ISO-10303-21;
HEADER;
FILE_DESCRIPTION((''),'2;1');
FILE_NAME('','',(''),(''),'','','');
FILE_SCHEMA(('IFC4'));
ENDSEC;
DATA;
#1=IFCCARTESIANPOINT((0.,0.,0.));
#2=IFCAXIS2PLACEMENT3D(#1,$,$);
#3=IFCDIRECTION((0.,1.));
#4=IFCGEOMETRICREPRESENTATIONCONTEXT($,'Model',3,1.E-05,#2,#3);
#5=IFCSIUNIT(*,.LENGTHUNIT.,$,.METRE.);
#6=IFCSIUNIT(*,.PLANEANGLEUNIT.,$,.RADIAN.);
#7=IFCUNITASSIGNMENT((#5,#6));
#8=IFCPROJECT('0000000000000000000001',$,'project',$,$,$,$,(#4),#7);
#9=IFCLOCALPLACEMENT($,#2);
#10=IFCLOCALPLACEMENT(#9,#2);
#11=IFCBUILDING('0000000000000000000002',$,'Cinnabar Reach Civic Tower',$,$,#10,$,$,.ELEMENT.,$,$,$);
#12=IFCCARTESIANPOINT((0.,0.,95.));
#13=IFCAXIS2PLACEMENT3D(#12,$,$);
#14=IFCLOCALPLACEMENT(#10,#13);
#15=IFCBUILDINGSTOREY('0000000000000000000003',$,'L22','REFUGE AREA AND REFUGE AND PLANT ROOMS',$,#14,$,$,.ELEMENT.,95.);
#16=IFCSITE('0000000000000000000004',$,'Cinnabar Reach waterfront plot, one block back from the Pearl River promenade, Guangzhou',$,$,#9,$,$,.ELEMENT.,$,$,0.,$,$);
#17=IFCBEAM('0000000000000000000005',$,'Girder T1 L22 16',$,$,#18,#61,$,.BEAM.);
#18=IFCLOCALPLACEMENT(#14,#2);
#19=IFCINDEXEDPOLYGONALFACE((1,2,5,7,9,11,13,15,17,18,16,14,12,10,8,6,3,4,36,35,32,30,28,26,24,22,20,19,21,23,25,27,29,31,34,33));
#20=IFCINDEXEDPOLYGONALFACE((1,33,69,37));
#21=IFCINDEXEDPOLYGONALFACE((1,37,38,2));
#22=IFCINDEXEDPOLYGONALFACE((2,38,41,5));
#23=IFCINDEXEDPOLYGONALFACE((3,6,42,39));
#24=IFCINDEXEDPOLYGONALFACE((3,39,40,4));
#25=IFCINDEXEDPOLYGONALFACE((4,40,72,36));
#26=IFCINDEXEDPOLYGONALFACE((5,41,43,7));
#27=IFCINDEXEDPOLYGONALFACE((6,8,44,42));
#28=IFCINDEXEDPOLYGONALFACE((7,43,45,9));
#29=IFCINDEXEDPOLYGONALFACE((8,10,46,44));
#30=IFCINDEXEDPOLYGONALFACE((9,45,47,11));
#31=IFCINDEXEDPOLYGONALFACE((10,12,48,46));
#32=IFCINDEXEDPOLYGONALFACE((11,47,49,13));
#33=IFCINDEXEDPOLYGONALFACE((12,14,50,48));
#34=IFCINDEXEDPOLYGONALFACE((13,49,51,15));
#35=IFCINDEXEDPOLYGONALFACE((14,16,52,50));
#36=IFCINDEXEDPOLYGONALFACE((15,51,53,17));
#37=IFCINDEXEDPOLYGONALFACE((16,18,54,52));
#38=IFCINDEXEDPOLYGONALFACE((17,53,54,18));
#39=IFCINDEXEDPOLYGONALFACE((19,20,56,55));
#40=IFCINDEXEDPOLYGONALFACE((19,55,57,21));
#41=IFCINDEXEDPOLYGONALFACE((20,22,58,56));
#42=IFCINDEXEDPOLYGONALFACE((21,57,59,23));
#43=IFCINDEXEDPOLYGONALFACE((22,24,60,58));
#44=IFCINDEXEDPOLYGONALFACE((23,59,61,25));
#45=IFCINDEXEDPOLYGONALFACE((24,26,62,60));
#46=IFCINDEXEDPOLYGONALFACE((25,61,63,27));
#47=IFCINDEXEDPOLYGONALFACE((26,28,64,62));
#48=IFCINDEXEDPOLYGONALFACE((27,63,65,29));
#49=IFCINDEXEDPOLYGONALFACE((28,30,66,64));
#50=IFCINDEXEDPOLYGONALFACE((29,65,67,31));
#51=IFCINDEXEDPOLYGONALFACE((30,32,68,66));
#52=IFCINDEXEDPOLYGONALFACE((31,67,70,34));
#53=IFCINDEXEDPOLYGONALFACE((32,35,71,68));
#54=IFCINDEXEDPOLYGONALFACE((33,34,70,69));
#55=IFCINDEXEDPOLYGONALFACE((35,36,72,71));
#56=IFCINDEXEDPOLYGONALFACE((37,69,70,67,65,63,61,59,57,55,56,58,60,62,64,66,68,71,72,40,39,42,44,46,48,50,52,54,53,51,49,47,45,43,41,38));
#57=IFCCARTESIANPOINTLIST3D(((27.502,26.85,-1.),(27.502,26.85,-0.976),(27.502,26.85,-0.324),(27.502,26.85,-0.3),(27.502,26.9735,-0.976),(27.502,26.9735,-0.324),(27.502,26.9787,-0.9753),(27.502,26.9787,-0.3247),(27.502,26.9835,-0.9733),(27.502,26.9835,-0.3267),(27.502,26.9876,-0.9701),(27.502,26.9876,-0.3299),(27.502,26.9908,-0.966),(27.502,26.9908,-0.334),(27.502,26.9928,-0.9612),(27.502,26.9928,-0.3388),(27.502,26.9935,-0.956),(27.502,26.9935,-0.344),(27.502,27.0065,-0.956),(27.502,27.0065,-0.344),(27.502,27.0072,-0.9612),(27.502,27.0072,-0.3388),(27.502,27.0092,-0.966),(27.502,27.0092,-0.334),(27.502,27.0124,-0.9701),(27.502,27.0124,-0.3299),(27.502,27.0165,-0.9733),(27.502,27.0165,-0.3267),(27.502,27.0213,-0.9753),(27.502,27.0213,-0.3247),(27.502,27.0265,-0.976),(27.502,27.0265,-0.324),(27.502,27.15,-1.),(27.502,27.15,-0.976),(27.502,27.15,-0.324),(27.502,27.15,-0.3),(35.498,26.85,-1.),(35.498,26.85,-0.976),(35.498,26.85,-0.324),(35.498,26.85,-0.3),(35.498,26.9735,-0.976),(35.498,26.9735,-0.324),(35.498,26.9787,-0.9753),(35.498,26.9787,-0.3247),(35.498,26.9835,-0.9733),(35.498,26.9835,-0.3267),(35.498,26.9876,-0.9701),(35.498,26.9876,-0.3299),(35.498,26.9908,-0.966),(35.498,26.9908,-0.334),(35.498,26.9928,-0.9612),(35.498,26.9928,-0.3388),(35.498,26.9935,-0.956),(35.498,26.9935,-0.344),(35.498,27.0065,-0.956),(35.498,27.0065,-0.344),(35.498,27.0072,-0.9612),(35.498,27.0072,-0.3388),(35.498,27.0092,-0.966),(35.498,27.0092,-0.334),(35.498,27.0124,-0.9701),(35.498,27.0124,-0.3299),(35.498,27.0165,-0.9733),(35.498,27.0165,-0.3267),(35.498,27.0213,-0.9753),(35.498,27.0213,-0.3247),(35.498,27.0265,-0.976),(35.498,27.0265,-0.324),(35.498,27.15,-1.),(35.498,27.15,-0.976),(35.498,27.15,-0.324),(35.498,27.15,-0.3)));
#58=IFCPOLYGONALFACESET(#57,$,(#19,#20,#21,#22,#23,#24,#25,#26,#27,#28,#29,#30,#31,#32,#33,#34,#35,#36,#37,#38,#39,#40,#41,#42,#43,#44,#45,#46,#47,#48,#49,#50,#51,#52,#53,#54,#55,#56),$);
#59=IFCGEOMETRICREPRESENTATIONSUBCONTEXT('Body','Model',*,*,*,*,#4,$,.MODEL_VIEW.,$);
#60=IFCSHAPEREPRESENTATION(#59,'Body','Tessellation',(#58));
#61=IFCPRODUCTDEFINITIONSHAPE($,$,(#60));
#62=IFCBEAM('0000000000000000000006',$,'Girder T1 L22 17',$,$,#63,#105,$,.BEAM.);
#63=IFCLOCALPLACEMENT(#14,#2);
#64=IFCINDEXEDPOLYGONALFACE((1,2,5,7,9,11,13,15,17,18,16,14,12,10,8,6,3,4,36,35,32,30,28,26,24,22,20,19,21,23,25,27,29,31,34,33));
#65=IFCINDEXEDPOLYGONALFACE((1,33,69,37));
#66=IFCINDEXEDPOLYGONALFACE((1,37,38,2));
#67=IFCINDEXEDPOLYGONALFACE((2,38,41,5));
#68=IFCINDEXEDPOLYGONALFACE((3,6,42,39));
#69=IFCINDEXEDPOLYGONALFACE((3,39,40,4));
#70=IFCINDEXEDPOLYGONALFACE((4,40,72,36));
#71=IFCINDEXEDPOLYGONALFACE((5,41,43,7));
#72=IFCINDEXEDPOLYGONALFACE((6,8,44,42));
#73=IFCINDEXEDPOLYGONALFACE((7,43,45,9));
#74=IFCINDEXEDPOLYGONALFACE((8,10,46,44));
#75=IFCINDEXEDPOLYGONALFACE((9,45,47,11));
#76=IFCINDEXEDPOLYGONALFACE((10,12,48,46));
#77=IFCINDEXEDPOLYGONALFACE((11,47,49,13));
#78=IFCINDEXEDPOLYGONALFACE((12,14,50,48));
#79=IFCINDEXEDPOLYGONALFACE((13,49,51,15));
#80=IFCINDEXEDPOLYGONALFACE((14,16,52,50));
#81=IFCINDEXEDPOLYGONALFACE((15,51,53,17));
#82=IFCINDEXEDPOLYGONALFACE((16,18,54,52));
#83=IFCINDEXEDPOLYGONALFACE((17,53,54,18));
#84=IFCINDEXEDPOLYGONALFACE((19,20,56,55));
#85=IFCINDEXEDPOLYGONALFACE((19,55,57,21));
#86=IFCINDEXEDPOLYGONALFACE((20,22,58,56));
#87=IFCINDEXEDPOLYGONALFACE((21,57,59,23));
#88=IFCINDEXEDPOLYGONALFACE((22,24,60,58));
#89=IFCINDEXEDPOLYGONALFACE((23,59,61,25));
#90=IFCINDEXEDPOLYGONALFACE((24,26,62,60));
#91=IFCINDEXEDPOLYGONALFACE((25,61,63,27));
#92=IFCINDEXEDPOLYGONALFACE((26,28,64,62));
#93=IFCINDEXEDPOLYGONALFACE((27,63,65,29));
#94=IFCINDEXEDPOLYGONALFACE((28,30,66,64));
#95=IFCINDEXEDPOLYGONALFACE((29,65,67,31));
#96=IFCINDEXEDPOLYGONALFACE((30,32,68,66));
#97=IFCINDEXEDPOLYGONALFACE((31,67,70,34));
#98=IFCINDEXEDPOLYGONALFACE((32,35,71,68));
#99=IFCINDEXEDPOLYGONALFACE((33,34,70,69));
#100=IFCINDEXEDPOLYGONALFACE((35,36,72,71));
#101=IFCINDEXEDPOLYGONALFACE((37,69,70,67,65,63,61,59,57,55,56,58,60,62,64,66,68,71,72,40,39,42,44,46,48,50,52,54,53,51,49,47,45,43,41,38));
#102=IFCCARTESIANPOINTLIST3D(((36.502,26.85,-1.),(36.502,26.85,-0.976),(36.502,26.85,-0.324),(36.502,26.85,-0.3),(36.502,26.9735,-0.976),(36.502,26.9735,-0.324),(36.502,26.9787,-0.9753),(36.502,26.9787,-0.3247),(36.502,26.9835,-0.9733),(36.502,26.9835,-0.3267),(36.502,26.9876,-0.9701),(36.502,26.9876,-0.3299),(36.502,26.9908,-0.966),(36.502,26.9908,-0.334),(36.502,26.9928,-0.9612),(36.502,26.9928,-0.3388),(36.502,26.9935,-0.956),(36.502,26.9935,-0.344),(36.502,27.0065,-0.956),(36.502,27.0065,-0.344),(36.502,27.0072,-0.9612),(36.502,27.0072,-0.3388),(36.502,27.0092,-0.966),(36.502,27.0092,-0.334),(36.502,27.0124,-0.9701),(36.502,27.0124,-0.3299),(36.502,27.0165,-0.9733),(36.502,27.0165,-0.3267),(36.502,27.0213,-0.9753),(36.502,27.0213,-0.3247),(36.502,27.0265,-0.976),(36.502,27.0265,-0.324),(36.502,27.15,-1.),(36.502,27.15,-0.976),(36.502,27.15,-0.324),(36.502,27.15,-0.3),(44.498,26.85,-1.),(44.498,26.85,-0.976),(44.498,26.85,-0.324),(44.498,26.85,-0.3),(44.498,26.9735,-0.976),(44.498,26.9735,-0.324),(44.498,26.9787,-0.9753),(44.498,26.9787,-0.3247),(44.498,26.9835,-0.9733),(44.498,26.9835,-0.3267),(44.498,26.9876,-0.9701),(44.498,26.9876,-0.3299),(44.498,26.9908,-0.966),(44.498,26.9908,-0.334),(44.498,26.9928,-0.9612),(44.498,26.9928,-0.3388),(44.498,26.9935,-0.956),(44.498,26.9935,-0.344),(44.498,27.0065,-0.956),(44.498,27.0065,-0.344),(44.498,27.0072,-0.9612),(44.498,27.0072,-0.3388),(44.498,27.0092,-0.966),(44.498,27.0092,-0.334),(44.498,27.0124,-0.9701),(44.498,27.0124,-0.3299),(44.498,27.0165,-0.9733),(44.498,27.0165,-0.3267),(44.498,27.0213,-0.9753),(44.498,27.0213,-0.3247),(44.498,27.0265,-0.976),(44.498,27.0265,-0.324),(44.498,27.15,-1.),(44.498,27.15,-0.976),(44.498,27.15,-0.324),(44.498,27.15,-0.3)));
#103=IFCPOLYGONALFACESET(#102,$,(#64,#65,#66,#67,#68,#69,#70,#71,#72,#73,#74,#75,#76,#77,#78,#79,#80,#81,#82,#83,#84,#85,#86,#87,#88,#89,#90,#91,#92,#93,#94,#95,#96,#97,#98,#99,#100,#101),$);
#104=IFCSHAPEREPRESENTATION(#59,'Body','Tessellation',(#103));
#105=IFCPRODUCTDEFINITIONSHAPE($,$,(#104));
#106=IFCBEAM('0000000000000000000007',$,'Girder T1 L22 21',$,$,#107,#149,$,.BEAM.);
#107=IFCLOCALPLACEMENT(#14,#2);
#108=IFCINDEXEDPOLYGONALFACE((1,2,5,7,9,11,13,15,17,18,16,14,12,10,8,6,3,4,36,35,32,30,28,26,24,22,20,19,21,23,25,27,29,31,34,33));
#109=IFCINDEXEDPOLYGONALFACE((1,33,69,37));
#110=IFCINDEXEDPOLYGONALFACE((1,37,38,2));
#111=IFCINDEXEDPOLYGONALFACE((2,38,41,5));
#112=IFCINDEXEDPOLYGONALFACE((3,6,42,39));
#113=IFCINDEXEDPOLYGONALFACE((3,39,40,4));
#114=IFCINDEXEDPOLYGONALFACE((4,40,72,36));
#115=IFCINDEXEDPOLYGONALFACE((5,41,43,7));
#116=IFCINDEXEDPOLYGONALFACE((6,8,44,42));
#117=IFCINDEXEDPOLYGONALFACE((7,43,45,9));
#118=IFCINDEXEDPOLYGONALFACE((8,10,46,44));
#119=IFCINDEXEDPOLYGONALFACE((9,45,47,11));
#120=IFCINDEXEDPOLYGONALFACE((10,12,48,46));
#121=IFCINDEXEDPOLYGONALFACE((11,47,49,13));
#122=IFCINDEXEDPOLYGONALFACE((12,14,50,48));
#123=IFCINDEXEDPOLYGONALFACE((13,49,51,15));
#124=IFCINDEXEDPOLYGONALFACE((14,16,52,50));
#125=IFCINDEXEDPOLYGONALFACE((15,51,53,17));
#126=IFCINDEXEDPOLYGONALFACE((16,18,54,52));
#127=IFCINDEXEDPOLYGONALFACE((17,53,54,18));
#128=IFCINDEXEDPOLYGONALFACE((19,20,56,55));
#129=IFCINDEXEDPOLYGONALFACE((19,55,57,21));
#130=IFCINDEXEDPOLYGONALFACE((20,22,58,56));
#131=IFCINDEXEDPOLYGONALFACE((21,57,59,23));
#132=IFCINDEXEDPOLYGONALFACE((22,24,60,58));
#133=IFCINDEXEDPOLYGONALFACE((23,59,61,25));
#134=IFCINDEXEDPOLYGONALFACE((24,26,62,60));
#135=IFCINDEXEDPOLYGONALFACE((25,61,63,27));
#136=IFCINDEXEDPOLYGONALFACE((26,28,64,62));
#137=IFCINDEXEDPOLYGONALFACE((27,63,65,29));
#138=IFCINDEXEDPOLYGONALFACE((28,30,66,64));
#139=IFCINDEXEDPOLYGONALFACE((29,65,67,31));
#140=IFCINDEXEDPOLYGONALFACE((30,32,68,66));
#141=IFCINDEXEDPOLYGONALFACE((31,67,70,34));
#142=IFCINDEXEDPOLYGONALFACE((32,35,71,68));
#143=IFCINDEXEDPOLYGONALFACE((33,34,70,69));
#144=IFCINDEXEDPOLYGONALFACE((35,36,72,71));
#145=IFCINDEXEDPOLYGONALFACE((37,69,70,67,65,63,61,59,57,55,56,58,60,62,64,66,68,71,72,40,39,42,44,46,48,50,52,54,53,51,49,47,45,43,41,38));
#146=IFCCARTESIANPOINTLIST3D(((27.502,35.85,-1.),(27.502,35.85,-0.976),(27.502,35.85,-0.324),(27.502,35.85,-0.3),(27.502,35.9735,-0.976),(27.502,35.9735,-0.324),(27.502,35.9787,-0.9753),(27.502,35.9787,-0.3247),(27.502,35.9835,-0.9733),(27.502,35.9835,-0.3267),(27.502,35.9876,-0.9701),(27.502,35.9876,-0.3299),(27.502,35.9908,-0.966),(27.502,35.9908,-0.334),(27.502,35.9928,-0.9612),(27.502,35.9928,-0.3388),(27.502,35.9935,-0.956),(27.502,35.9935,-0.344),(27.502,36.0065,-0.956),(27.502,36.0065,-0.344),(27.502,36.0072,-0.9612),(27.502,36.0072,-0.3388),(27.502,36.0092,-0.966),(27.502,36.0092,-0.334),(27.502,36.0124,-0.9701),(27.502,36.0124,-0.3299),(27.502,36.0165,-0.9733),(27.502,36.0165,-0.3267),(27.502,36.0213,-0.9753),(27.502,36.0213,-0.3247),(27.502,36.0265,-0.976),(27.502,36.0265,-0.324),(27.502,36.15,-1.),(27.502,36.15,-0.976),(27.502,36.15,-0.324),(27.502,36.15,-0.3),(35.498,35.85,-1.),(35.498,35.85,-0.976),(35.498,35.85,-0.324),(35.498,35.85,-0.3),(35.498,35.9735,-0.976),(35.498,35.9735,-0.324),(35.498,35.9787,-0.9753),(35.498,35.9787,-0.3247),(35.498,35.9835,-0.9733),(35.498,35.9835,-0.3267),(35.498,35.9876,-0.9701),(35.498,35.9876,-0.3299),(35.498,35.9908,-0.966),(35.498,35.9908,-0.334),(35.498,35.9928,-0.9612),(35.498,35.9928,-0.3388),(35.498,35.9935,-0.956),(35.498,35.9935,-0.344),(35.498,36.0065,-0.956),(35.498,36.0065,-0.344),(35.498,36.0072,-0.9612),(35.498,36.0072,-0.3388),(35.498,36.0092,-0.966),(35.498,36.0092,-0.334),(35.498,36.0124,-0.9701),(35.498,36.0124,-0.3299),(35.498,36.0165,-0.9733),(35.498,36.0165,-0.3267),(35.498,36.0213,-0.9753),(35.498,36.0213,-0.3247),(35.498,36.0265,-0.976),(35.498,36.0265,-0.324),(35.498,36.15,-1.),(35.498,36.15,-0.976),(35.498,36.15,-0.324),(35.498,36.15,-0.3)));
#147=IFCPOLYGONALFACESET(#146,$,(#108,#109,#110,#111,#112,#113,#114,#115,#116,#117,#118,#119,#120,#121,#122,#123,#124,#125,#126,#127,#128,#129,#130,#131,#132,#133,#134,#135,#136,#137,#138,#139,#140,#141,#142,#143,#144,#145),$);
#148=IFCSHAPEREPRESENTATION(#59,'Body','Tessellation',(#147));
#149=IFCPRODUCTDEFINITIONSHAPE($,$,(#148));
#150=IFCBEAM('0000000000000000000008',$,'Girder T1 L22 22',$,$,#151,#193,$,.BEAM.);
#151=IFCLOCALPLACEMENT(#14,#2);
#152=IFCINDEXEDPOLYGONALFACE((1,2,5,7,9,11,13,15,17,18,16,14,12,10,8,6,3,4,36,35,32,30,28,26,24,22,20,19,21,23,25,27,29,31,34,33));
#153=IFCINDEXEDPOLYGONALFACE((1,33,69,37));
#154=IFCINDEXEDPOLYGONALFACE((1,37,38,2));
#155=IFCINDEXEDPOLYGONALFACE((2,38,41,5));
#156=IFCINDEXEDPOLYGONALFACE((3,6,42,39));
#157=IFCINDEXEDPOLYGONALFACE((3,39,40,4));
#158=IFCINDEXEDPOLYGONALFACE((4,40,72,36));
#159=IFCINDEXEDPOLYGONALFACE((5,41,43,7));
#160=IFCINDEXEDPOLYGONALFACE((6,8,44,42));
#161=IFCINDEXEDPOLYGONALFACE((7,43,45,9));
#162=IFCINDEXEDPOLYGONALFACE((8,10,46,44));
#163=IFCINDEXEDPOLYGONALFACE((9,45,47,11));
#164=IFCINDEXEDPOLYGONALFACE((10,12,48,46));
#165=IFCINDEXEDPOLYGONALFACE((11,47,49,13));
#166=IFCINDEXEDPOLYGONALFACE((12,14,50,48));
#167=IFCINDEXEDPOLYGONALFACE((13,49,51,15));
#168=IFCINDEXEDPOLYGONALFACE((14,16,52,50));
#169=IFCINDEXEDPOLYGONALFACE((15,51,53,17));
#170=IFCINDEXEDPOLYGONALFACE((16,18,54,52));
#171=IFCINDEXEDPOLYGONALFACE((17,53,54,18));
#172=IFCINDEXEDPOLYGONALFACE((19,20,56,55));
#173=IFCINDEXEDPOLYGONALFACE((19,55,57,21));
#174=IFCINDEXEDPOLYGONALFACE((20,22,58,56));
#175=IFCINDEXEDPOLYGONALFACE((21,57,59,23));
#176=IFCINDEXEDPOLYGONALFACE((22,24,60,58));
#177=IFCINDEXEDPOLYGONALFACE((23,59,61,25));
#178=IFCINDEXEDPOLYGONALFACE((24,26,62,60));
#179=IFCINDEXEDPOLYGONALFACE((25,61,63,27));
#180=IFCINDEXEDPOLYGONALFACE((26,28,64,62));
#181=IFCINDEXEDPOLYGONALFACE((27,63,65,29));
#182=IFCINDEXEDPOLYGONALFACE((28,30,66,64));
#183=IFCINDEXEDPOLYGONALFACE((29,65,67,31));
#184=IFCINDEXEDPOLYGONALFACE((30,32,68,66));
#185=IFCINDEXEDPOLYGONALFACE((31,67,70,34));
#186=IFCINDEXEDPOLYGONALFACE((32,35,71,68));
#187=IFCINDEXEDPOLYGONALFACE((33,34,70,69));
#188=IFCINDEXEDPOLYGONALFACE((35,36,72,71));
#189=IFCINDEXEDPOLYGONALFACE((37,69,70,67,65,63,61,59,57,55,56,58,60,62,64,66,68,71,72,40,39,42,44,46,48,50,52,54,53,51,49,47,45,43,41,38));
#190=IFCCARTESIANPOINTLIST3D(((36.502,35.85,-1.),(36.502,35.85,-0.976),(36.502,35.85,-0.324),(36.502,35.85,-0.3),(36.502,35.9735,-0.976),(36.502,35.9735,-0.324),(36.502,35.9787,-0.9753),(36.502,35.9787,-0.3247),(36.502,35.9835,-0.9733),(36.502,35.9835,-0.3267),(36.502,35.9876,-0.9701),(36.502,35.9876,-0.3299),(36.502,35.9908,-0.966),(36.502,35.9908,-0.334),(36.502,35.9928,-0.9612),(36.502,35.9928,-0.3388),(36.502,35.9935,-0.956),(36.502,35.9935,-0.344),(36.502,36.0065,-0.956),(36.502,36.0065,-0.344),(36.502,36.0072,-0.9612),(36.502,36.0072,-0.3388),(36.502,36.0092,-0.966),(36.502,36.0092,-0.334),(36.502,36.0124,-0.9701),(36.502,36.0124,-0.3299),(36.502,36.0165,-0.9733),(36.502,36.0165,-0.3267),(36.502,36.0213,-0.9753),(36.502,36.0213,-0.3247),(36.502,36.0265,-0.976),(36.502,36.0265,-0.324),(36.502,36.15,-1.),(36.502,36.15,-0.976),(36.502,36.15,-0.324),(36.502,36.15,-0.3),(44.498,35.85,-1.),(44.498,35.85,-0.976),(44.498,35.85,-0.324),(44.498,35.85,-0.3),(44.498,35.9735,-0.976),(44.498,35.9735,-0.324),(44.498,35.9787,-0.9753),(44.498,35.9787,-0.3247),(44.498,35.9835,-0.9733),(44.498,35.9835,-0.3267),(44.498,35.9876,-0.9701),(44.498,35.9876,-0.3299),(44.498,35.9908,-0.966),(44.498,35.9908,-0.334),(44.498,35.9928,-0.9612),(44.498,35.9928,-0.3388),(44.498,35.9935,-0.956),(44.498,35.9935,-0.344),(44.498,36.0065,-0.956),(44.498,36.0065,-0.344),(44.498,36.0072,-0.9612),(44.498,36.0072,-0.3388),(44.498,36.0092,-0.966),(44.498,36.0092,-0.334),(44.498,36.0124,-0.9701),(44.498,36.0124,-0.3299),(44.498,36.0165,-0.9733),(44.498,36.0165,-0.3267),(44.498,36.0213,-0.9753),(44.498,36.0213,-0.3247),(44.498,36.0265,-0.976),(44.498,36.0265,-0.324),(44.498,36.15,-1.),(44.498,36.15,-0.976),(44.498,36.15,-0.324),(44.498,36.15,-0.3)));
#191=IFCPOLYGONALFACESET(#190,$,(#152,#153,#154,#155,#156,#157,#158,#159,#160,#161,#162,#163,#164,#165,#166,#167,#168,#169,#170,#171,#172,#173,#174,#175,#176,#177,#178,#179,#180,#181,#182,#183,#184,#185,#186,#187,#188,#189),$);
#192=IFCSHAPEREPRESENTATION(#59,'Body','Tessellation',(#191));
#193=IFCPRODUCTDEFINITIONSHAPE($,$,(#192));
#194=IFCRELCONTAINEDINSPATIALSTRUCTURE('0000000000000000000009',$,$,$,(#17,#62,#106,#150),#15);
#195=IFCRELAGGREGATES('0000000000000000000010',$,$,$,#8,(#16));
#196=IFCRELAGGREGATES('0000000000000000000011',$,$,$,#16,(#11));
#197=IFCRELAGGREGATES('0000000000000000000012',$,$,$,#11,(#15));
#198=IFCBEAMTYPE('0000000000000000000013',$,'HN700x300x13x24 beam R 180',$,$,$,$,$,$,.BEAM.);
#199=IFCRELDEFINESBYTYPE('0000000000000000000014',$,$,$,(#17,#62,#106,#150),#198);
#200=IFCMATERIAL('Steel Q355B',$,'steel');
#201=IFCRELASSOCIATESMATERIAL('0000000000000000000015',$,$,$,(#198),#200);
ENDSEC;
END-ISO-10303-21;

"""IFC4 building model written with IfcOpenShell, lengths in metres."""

from ifc_helpers import new_model, si_unit, direction, frame, origin, origin_2d, place, context, subcontext, project, spatial, i_section, extrude, material, material_profile, profile_set, type_object, element, save


model = new_model("IFC4")

# Units and contexts
model_context = context("Model", 3, precision=1e-05, world=origin(), true_north=direction((0.0, 1.0)))
body_context = subcontext(model_context, "Body", "Model", "MODEL_VIEW")
ifc_project = project(units=[si_unit("LENGTHUNIT", "METRE"), si_unit("PLANEANGLEUNIT", "RADIAN")], contexts=[model_context])

# Site, building, storey
site_placement = place(None, origin())
site = spatial("IfcSite", under=ifc_project, at=site_placement, Name="Cinnabar Reach waterfront plot, one block back from the Pearl River promenade, Guangzhou", CompositionType="ELEMENT", RefElevation=0.0)
building_placement = place(site_placement, origin())
building = spatial("IfcBuilding", under=site, at=building_placement, Name="Cinnabar Reach Civic Tower", CompositionType="ELEMENT")
storey_placement = place(building_placement, frame((0.0, 0.0, 95.0)))
storey = spatial("IfcBuildingStorey", under=building, at=storey_placement, Name="L22", Description="REFUGE AREA AND REFUGE AND PLANT ROOMS", CompositionType="ELEMENT", Elevation=95.0)

# Beams
ifc_material_1 = material(Name="Steel Q355B", Category="steel")
ifc_material_profile_1 = material_profile(ifc_material_1, i_section(OverallWidth=0.3, OverallDepth=0.7, WebThickness=0.013, FlangeThickness=0.024, FilletRadius=0.02, at=origin_2d()), Name="HN700x300x13x24")
ifc_profile_set_1 = profile_set([ifc_material_profile_1], Name="Steel Q355B")
beam_type_1 = type_object("IfcBeamType", Name="HN700x300x13x24 beam R 180", PredefinedType="BEAM", material=ifc_profile_set_1)
for number, where, z_axis, x_axis, name in (
    (1, (27.502, 27.0, -0.65), (1.0, 0.0, 0.0), (0.0, 1.0, 0.0), "Girder T1 L22 16"),
    (2, (36.502, 27.0, -0.65), (1.0, 0.0, 0.0), (0.0, 1.0, 0.0), "Girder T1 L22 17"),
    (3, (27.502, 36.0, -0.65), (1.0, 0.0, 0.0), (0.0, 1.0, 0.0), "Girder T1 L22 21"),
    (4, (36.502, 36.0, -0.65), (1.0, 0.0, 0.0), (0.0, 1.0, 0.0), "Girder T1 L22 22"),
):
    element("IfcBeam", number, at=place(storey_placement, frame(where, z_axis=z_axis, x_axis=x_axis)), inside=storey, type_object=beam_type_1, Name=name, PredefinedType="BEAM", context=body_context, shape_type="SweptSolid", body=[
        extrude(i_section(OverallWidth=0.3, OverallDepth=0.7, WebThickness=0.013, FlangeThickness=0.024, FilletRadius=0.02, at=origin_2d()), origin(), (0.0, 0.0, 1.0), 7.996),
    ])

save(model, "model.ifc")
